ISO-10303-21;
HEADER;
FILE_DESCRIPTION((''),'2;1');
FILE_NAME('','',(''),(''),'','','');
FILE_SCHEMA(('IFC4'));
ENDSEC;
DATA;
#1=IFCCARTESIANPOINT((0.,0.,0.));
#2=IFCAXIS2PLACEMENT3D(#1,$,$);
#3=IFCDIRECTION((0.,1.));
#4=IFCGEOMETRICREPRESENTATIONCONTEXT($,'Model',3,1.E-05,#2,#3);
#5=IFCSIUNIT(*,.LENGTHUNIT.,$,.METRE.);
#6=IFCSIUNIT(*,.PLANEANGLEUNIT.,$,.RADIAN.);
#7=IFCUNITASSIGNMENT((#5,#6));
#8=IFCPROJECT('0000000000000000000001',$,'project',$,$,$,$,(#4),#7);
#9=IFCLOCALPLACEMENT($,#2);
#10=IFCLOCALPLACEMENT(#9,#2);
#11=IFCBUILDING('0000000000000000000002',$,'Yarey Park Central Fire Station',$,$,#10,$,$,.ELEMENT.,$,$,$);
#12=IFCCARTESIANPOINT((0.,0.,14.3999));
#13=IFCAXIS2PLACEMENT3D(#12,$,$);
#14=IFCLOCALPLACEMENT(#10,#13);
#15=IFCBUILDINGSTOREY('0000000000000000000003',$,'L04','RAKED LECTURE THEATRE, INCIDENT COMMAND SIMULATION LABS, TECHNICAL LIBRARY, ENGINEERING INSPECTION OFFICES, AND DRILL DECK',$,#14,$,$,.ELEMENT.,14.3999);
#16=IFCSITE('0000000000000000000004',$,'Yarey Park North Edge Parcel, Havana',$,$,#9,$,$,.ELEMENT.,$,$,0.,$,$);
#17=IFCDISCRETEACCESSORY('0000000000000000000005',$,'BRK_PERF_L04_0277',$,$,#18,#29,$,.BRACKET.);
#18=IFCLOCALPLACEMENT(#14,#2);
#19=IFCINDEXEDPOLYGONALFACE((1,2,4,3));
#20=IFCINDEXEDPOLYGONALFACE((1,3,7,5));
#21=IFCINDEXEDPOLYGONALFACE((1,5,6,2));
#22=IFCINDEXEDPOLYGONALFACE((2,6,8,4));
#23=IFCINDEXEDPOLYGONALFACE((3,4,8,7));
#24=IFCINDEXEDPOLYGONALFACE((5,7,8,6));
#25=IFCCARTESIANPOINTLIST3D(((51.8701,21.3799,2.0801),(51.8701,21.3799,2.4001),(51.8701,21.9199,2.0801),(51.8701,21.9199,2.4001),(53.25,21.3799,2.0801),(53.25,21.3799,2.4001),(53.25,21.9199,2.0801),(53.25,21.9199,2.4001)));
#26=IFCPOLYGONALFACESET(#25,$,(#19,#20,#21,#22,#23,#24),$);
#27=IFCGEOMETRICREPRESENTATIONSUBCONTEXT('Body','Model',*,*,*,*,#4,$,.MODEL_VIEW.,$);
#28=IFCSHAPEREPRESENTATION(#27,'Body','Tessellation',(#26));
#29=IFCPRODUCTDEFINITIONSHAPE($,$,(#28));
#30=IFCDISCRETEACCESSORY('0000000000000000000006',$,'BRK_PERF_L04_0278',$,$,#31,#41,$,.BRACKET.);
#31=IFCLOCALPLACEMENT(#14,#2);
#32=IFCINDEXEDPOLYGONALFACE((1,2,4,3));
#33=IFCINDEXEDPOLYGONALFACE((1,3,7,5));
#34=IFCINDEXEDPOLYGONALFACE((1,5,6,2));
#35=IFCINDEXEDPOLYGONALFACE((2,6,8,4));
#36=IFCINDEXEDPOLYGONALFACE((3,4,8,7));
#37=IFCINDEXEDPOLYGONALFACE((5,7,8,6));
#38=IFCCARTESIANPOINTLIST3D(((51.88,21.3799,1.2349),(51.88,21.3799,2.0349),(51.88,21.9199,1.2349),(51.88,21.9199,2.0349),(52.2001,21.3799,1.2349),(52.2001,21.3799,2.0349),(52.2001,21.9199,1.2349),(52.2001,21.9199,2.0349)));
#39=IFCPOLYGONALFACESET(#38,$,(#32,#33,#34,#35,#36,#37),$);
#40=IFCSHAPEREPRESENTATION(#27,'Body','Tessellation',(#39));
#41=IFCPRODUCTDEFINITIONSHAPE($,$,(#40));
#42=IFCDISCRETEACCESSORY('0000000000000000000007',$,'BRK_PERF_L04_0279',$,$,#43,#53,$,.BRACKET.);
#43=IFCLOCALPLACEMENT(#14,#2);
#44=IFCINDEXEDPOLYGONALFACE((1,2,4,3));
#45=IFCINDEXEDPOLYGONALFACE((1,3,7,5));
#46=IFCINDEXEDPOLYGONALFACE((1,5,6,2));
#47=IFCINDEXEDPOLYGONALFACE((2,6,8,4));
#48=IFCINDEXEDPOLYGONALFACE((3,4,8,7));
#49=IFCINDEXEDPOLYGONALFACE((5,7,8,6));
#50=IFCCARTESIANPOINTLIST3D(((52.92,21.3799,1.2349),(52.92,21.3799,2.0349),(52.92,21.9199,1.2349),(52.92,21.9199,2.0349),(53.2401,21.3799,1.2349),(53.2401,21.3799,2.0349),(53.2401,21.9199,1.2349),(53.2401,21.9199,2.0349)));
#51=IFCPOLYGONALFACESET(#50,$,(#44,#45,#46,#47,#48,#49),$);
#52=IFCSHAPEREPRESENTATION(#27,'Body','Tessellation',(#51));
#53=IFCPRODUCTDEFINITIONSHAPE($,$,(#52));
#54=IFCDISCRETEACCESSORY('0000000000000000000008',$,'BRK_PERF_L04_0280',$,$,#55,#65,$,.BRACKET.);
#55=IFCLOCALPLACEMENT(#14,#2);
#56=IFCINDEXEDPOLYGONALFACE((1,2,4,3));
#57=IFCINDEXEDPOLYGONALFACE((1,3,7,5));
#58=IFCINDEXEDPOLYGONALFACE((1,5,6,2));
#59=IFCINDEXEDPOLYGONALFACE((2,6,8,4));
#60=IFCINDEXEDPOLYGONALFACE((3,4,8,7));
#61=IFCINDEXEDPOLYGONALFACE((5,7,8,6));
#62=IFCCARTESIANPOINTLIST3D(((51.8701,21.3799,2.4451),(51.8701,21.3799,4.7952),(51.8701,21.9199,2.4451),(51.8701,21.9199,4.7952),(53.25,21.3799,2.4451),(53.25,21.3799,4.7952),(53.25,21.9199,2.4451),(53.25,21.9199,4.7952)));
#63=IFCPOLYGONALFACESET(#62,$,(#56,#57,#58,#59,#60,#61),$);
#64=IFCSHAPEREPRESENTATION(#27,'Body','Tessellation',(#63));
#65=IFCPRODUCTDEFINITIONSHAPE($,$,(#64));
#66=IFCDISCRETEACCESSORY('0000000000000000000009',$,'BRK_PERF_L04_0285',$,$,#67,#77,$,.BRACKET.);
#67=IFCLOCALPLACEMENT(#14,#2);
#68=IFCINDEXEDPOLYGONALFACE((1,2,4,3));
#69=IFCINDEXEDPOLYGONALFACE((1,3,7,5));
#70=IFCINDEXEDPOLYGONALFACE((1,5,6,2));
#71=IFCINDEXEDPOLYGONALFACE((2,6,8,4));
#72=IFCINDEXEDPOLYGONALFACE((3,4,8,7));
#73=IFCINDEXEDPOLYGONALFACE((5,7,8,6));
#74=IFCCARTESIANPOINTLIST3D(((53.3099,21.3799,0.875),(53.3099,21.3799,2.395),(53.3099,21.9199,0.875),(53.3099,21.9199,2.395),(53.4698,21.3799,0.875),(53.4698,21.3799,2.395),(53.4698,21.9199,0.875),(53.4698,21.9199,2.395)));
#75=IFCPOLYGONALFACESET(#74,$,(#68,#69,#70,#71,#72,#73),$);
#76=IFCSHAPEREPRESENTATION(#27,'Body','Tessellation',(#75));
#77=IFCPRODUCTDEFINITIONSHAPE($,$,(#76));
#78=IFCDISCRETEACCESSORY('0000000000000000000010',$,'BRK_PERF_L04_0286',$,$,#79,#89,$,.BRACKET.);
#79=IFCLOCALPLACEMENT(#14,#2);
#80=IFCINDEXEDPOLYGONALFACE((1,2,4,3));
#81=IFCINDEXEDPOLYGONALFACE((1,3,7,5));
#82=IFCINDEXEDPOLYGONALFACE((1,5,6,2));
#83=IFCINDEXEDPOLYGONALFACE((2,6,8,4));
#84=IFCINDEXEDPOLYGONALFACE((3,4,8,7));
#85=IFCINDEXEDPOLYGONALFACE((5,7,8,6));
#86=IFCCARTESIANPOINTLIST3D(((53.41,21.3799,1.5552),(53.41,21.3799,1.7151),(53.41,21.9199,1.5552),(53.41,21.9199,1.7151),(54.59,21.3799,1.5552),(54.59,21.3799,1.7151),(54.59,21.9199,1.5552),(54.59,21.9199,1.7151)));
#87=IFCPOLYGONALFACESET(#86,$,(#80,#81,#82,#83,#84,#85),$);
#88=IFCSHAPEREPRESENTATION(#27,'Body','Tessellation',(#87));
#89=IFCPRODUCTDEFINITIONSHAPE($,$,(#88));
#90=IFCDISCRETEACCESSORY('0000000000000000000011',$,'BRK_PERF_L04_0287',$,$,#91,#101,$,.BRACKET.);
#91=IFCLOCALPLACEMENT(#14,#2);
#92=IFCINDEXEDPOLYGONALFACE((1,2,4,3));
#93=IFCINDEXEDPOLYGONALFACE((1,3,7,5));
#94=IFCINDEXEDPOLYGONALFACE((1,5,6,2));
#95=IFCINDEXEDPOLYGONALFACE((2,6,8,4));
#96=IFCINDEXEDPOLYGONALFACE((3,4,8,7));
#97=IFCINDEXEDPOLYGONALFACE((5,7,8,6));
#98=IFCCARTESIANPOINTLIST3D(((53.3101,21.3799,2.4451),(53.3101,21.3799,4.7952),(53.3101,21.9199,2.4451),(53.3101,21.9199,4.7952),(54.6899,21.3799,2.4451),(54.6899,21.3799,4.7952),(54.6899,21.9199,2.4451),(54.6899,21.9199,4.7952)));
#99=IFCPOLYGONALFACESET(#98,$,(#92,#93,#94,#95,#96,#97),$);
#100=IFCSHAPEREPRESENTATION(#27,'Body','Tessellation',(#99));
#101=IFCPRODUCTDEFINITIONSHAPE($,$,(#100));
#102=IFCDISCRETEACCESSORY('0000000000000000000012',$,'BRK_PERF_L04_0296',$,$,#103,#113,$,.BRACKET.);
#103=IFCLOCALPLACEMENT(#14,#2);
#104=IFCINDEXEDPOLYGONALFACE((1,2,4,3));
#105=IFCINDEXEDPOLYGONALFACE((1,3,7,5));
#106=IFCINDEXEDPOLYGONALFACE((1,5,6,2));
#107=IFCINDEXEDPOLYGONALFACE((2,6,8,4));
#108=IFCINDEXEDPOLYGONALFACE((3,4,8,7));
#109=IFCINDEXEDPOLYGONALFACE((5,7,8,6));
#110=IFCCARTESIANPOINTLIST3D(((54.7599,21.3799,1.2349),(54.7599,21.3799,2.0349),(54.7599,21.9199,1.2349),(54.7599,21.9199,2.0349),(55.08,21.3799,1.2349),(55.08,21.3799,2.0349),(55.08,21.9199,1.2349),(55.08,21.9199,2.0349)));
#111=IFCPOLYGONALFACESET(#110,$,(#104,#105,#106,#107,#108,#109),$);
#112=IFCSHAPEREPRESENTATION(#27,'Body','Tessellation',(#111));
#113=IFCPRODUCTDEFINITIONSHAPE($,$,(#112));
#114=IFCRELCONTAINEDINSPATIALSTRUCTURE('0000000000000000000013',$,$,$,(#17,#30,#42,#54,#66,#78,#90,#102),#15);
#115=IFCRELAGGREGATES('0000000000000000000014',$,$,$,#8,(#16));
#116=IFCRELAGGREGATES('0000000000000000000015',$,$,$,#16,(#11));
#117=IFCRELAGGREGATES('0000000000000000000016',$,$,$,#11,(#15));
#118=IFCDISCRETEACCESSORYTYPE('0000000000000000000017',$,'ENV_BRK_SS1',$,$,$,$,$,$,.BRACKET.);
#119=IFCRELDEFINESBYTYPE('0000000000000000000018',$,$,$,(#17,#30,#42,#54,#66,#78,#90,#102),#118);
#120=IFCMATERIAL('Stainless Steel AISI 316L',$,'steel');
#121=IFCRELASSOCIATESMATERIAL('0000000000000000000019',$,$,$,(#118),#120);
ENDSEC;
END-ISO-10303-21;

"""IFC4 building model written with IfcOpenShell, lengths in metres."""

from ifc_helpers import new_model, si_unit, direction, frame, origin, origin_2d, place, context, subcontext, project, spatial, rectangle, extrude, material, type_object, element, save


model = new_model("IFC4")

# Units and contexts
model_context = context("Model", 3, precision=1e-05, world=origin(), true_north=direction((0.0, 1.0)))
body_context = subcontext(model_context, "Body", "Model", "MODEL_VIEW")
ifc_project = project(units=[si_unit("LENGTHUNIT", "METRE"), si_unit("PLANEANGLEUNIT", "RADIAN")], contexts=[model_context])

# Site, building, storey
site_placement = place(None, origin())
site = spatial("IfcSite", under=ifc_project, at=site_placement, Name="Yarey Park North Edge Parcel, Havana", CompositionType="ELEMENT", RefElevation=0.0)
building_placement = place(site_placement, origin())
building = spatial("IfcBuilding", under=site, at=building_placement, Name="Yarey Park Central Fire Station", CompositionType="ELEMENT")
storey_placement = place(building_placement, frame((0.0, 0.0, 14.3999)))
storey = spatial("IfcBuildingStorey", under=building, at=storey_placement, Name="L04", Description="RAKED LECTURE THEATRE, INCIDENT COMMAND SIMULATION LABS, TECHNICAL LIBRARY, ENGINEERING INSPECTION OFFICES, AND DRILL DECK", CompositionType="ELEMENT", Elevation=14.3999)

# Discrete accessories
ifc_material_1 = material(Name="Stainless Steel AISI 316L", Category="steel")
discrete_accessory_type = type_object("IfcDiscreteAccessoryType", Name="ENV_BRK_SS1", PredefinedType="BRACKET", material=ifc_material_1)
for number, where, z_axis, x_axis, name in (
    (1, (52.5601, 21.6499, 2.0801), (0.0, 0.0, 1.0), (1.0, 0.0, 0.0), "BRK_PERF_L04_0277"),
):
    element("IfcDiscreteAccessory", number, at=place(storey_placement, frame(where, z_axis=z_axis, x_axis=x_axis)), inside=storey, type_object=discrete_accessory_type, Name=name, PredefinedType="BRACKET", context=body_context, shape_type="SweptSolid", body=[
        extrude(rectangle(XDim=1.3799, YDim=0.54, at=origin_2d()), origin(), (0.0, 0.0, 1.0), 0.3201),
    ])
for number, where, z_axis, x_axis, name in (
    (2, (52.04, 21.6499, 1.2349), (0.0, 0.0, 1.0), (1.0, 0.0, 0.0), "BRK_PERF_L04_0278"),
    (3, (53.0801, 21.6499, 1.2349), (0.0, 0.0, 1.0), (1.0, 0.0, 0.0), "BRK_PERF_L04_0279"),
):
    element("IfcDiscreteAccessory", number, at=place(storey_placement, frame(where, z_axis=z_axis, x_axis=x_axis)), inside=storey, type_object=discrete_accessory_type, Name=name, PredefinedType="BRACKET", context=body_context, shape_type="SweptSolid", body=[
        extrude(rectangle(XDim=0.3201, YDim=0.54, at=origin_2d()), origin(), (0.0, 0.0, 1.0), 0.8),
    ])
discrete_accessory_1_placement = place(storey_placement, frame((52.5601, 21.6499, 2.4451), z_axis=(0.0, 0.0, 1.0), x_axis=(1.0, 0.0, 0.0)))
element("IfcDiscreteAccessory", 4, at=discrete_accessory_1_placement, inside=storey, type_object=discrete_accessory_type, Name="BRK_PERF_L04_0280", PredefinedType="BRACKET", context=body_context, shape_type="SweptSolid", body=[
    extrude(rectangle(XDim=1.3799, YDim=0.54, at=origin_2d()), origin(), (0.0, 0.0, 1.0), 2.3501),
])
discrete_accessory_2_placement = place(storey_placement, frame((53.3899, 21.6499, 0.875), z_axis=(0.0, 0.0, 1.0), x_axis=(1.0, 0.0, 0.0)))
element("IfcDiscreteAccessory", 5, at=discrete_accessory_2_placement, inside=storey, type_object=discrete_accessory_type, Name="BRK_PERF_L04_0285", PredefinedType="BRACKET", context=body_context, shape_type="SweptSolid", body=[
    extrude(rectangle(XDim=0.1599, YDim=0.54, at=origin_2d()), origin(), (0.0, 0.0, 1.0), 1.52),
])
discrete_accessory_3_placement = place(storey_placement, frame((54.0, 21.6499, 1.5552), z_axis=(0.0, 0.0, 1.0), x_axis=(1.0, 0.0, 0.0)))
element("IfcDiscreteAccessory", 6, at=discrete_accessory_3_placement, inside=storey, type_object=discrete_accessory_type, Name="BRK_PERF_L04_0286", PredefinedType="BRACKET", context=body_context, shape_type="SweptSolid", body=[
    extrude(rectangle(XDim=1.1799, YDim=0.54, at=origin_2d()), origin(), (0.0, 0.0, 1.0), 0.1599),
])
discrete_accessory_4_placement = place(storey_placement, frame((54.0, 21.6499, 2.4451), z_axis=(0.0, 0.0, 1.0), x_axis=(1.0, 0.0, 0.0)))
element("IfcDiscreteAccessory", 7, at=discrete_accessory_4_placement, inside=storey, type_object=discrete_accessory_type, Name="BRK_PERF_L04_0287", PredefinedType="BRACKET", context=body_context, shape_type="SweptSolid", body=[
    extrude(rectangle(XDim=1.3799, YDim=0.54, at=origin_2d()), origin(), (0.0, 0.0, 1.0), 2.3501),
])
discrete_accessory_5_placement = place(storey_placement, frame((54.9199, 21.6499, 1.2349), z_axis=(0.0, 0.0, 1.0), x_axis=(1.0, 0.0, 0.0)))
element("IfcDiscreteAccessory", 8, at=discrete_accessory_5_placement, inside=storey, type_object=discrete_accessory_type, Name="BRK_PERF_L04_0296", PredefinedType="BRACKET", context=body_context, shape_type="SweptSolid", body=[
    extrude(rectangle(XDim=0.3201, YDim=0.54, at=origin_2d()), origin(), (0.0, 0.0, 1.0), 0.8),
])

save(model, "model.ifc")
